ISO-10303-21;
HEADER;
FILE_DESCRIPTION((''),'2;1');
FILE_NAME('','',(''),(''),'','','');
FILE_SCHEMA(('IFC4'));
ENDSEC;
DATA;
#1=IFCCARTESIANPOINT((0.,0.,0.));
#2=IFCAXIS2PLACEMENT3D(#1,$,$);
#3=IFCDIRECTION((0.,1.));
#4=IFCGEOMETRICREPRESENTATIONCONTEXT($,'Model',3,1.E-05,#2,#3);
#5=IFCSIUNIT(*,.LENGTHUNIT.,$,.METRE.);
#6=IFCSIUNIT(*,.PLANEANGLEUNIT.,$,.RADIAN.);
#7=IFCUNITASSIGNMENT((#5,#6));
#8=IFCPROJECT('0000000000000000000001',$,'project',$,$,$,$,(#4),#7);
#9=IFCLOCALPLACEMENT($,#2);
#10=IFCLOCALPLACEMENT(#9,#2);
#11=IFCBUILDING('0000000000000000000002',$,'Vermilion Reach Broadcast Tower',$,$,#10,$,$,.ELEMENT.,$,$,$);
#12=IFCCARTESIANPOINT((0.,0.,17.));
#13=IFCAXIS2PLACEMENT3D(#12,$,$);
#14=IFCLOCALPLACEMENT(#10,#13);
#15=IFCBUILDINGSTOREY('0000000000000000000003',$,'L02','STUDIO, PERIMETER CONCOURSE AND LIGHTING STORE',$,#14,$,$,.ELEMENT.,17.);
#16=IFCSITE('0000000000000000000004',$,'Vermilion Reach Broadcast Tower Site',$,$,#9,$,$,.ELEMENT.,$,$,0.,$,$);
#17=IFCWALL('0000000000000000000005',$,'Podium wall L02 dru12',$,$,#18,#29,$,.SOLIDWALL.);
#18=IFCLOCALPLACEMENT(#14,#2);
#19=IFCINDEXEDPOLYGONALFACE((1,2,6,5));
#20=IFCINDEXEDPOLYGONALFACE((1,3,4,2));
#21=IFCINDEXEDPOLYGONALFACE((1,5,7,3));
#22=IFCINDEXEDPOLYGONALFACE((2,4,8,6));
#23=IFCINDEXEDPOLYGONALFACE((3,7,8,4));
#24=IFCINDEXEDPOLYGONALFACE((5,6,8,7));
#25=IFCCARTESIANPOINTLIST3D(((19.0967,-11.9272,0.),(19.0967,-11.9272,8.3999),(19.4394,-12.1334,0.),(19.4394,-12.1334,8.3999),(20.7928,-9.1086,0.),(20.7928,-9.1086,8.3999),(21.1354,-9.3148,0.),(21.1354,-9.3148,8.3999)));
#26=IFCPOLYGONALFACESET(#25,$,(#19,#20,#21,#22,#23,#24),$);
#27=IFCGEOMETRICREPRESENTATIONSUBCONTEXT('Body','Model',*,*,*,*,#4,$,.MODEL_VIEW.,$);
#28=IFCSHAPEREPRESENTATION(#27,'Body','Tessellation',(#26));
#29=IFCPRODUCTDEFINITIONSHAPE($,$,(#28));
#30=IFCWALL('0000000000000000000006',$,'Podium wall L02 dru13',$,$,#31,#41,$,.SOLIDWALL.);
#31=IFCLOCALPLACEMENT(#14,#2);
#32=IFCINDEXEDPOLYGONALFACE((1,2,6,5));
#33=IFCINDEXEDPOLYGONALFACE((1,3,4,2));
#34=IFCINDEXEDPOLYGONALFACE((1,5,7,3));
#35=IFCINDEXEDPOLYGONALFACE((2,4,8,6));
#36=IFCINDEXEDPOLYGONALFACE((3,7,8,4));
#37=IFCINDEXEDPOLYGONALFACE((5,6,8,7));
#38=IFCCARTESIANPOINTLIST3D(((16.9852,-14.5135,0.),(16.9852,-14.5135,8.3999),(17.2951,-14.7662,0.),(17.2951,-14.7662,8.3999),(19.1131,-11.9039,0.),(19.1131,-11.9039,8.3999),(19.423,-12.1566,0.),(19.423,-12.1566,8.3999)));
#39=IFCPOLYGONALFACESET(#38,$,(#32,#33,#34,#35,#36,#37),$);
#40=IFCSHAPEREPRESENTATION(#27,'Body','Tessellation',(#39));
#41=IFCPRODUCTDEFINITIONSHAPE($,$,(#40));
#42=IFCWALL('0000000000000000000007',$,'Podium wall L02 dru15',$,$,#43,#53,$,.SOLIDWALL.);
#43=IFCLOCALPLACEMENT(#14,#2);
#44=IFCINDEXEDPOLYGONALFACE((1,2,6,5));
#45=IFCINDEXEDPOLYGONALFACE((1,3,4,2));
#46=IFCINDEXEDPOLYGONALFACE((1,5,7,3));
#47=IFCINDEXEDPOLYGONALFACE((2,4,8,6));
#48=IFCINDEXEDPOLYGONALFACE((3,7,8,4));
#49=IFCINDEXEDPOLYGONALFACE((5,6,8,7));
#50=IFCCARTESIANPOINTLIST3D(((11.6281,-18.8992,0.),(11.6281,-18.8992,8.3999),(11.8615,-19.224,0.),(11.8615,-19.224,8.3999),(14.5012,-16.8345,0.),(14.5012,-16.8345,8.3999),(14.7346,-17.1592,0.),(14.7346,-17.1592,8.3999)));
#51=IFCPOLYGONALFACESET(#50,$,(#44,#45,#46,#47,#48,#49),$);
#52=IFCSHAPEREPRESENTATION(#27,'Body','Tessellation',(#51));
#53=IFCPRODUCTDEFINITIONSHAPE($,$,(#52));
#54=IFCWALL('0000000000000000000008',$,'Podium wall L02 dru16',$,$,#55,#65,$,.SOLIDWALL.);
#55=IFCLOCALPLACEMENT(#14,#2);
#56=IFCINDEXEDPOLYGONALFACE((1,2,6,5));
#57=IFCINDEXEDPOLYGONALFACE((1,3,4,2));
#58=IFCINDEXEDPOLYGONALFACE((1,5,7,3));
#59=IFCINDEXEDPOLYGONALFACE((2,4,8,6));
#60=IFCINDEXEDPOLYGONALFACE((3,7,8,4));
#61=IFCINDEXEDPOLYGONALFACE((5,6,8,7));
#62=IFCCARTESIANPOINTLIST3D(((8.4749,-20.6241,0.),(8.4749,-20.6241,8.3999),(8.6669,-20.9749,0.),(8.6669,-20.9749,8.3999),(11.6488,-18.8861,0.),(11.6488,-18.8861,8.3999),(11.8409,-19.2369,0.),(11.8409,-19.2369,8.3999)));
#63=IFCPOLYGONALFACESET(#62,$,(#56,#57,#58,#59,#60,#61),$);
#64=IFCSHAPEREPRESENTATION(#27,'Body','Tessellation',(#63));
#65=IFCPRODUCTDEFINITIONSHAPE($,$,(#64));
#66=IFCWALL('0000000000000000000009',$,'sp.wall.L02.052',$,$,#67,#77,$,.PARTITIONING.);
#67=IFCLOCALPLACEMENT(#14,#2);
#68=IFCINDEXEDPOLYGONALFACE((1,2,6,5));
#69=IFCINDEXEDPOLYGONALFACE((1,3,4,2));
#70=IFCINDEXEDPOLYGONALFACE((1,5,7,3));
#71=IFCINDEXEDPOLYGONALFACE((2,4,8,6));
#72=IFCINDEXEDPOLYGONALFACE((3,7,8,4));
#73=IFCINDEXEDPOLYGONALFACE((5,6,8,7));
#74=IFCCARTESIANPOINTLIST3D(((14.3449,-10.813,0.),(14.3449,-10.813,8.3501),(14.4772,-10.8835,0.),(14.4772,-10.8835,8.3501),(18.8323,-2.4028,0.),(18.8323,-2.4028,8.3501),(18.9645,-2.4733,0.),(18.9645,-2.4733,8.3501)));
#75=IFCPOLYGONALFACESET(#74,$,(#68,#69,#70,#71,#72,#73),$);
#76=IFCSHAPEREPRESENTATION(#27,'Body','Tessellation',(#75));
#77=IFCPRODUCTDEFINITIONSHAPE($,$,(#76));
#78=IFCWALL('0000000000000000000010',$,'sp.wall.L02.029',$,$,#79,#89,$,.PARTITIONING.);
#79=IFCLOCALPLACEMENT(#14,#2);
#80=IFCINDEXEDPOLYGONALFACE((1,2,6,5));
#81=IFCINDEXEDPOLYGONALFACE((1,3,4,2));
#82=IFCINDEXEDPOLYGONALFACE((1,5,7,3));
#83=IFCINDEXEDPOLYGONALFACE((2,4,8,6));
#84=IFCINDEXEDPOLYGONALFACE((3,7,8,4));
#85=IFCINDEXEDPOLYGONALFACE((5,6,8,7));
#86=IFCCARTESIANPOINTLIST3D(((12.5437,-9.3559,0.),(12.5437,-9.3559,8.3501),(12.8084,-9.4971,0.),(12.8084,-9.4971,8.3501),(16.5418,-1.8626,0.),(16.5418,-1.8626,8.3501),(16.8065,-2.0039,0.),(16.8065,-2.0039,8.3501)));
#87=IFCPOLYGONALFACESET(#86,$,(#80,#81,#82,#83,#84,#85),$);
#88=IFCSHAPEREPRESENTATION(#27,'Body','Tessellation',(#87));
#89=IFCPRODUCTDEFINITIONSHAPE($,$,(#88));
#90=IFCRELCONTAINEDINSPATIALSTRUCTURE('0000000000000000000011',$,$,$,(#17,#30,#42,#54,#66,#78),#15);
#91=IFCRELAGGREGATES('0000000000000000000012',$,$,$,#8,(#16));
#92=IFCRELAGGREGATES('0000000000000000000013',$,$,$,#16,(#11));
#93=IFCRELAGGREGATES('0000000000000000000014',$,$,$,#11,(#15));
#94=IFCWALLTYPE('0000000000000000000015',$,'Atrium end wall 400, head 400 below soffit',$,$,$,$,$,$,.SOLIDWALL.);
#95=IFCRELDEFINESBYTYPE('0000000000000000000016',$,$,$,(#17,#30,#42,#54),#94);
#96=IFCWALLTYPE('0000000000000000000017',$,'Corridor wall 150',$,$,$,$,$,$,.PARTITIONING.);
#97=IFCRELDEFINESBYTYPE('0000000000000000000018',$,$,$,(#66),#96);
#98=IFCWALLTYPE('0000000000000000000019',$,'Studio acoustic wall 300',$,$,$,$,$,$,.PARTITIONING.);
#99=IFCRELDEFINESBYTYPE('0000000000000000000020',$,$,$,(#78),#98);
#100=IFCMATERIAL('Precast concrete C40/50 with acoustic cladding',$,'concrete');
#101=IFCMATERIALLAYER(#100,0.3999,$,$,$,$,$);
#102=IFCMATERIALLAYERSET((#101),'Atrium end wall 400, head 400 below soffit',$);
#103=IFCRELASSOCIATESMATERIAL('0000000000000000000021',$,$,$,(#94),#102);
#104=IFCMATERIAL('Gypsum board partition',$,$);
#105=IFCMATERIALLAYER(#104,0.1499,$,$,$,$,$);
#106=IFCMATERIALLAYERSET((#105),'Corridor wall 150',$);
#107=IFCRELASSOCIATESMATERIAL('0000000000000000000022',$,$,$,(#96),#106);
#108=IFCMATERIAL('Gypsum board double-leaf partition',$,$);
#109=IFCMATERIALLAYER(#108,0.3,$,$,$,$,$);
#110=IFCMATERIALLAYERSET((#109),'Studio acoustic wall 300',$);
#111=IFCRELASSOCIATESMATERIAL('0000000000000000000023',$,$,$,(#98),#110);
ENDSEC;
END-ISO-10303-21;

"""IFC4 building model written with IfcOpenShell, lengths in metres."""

from ifc_helpers import new_model, si_unit, direction, frame, frame_2d, origin, place, context, subcontext, project, spatial, rectangle, extrude, material, layer, layer_set, type_object, element, save


model = new_model("IFC4")

# Units and contexts
model_context = context("Model", 3, precision=1e-05, world=origin(), true_north=direction((0.0, 1.0)))
body_context = subcontext(model_context, "Body", "Model", "MODEL_VIEW")
ifc_project = project(units=[si_unit("LENGTHUNIT", "METRE"), si_unit("PLANEANGLEUNIT", "RADIAN")], contexts=[model_context])

# Site, building, storey
site_placement = place(None, origin())
site = spatial("IfcSite", under=ifc_project, at=site_placement, Name="Vermilion Reach Broadcast Tower Site", CompositionType="ELEMENT", RefElevation=0.0)
building_placement = place(site_placement, origin())
building = spatial("IfcBuilding", under=site, at=building_placement, Name="Vermilion Reach Broadcast Tower", CompositionType="ELEMENT")
storey_placement = place(building_placement, frame((0.0, 0.0, 17.0)))
storey = spatial("IfcBuildingStorey", under=building, at=storey_placement, Name="L02", Description="STUDIO, PERIMETER CONCOURSE AND LIGHTING STORE", CompositionType="ELEMENT", Elevation=17.0)

# Walls
ifc_material_1 = material(Name="Precast concrete C40/50 with acoustic cladding", Category="concrete")
ifc_layer_1 = layer(ifc_material_1, 0.3999)
ifc_layer_set_1 = layer_set([ifc_layer_1], Name="Atrium end wall 400, head 400 below soffit")
wall_type_1 = type_object("IfcWallType", Name="Atrium end wall 400, head 400 below soffit", PredefinedType="SOLIDWALL", material=ifc_layer_set_1)
wall_1_placement = place(storey_placement, frame((20.9641, -9.2117, 0.0), z_axis=(0.0, 0.0, 1.0), x_axis=(-0.515587, -0.856837, 0.0)))
element("IfcWall", 1, at=wall_1_placement, inside=storey, type_object=wall_type_1, Name="Podium wall L02 dru12", PredefinedType="SOLIDWALL", context=body_context, shape_type="SweptSolid", body=[
    extrude(rectangle(XDim=3.2896, YDim=0.3999, at=frame_2d((1.6448, 0.0))), origin(), (0.0, 0.0, 1.0), 8.3999),
])
wall_2_placement = place(storey_placement, frame((19.2681, -12.0303, 0.0), z_axis=(0.0, 0.0, 1.0), x_axis=(-0.631954, -0.775006, 0.0)))
element("IfcWall", 2, at=wall_2_placement, inside=storey, type_object=wall_type_1, Name="Podium wall L02 dru13", PredefinedType="SOLIDWALL", context=body_context, shape_type="SweptSolid", body=[
    extrude(rectangle(XDim=3.3672, YDim=0.3999, at=frame_2d((1.6836, 0.0))), origin(), (0.0, 0.0, 1.0), 8.3999),
])
wall_3_placement = place(storey_placement, frame((14.6179, -16.9968, 0.0), z_axis=(0.0, 0.0, 1.0), x_axis=(-0.812056, -0.583579, 0.0)))
element("IfcWall", 3, at=wall_3_placement, inside=storey, type_object=wall_type_1, Name="Podium wall L02 dru15", PredefinedType="SOLIDWALL", context=body_context, shape_type="SweptSolid", body=[
    extrude(rectangle(XDim=3.5381, YDim=0.3999, at=frame_2d((1.769, 0.0))), origin(), (0.0, 0.0, 1.0), 8.3999),
])
wall_4_placement = place(storey_placement, frame((11.7449, -19.0615, 0.0), z_axis=(0.0, 0.0, 1.0), x_axis=(-0.877113, -0.480284, 0.0)))
element("IfcWall", 4, at=wall_4_placement, inside=storey, type_object=wall_type_1, Name="Podium wall L02 dru16", PredefinedType="SOLIDWALL", context=body_context, shape_type="SweptSolid", body=[
    extrude(rectangle(XDim=3.6187, YDim=0.3999, at=frame_2d((1.8093, 0.0))), origin(), (0.0, 0.0, 1.0), 8.3999),
])
ifc_material_2 = material(Name="Gypsum board partition")
ifc_layer_2 = layer(ifc_material_2, 0.1499)
ifc_layer_set_2 = layer_set([ifc_layer_2], Name="Corridor wall 150")
wall_type_2 = type_object("IfcWallType", Name="Corridor wall 150", PredefinedType="PARTITIONING", material=ifc_layer_set_2)
wall_5_placement = place(storey_placement, frame((14.4111, -10.8481, 0.0), z_axis=(0.0, 0.0, 1.0), x_axis=(0.470742, 0.882271, 0.0)))
element("IfcWall", 5, at=wall_5_placement, inside=storey, type_object=wall_type_2, Name="sp.wall.L02.052", PredefinedType="PARTITIONING", context=body_context, shape_type="SweptSolid", body=[
    extrude(rectangle(XDim=9.5325, YDim=0.1499, at=frame_2d((4.7661, 0.0))), origin(), (0.0, 0.0, 1.0), 8.3501),
])
ifc_material_3 = material(Name="Gypsum board double-leaf partition")
ifc_layer_3 = layer(ifc_material_3, 0.3)
ifc_layer_set_3 = layer_set([ifc_layer_3], Name="Studio acoustic wall 300")
wall_type_3 = type_object("IfcWallType", Name="Studio acoustic wall 300", PredefinedType="PARTITIONING", material=ifc_layer_set_3)
wall_6_placement = place(storey_placement, frame((12.676, -9.4265, 0.0), z_axis=(0.0, 0.0, 1.0), x_axis=(0.470743, 0.88227, 0.0)))
element("IfcWall", 6, at=wall_6_placement, inside=storey, type_object=wall_type_3, Name="sp.wall.L02.029", PredefinedType="PARTITIONING", context=body_context, shape_type="SweptSolid", body=[
    extrude(rectangle(XDim=8.4932, YDim=0.3, at=frame_2d((4.2466, 0.0))), origin(), (0.0, 0.0, 1.0), 8.3501),
])

save(model, "model.ifc")
